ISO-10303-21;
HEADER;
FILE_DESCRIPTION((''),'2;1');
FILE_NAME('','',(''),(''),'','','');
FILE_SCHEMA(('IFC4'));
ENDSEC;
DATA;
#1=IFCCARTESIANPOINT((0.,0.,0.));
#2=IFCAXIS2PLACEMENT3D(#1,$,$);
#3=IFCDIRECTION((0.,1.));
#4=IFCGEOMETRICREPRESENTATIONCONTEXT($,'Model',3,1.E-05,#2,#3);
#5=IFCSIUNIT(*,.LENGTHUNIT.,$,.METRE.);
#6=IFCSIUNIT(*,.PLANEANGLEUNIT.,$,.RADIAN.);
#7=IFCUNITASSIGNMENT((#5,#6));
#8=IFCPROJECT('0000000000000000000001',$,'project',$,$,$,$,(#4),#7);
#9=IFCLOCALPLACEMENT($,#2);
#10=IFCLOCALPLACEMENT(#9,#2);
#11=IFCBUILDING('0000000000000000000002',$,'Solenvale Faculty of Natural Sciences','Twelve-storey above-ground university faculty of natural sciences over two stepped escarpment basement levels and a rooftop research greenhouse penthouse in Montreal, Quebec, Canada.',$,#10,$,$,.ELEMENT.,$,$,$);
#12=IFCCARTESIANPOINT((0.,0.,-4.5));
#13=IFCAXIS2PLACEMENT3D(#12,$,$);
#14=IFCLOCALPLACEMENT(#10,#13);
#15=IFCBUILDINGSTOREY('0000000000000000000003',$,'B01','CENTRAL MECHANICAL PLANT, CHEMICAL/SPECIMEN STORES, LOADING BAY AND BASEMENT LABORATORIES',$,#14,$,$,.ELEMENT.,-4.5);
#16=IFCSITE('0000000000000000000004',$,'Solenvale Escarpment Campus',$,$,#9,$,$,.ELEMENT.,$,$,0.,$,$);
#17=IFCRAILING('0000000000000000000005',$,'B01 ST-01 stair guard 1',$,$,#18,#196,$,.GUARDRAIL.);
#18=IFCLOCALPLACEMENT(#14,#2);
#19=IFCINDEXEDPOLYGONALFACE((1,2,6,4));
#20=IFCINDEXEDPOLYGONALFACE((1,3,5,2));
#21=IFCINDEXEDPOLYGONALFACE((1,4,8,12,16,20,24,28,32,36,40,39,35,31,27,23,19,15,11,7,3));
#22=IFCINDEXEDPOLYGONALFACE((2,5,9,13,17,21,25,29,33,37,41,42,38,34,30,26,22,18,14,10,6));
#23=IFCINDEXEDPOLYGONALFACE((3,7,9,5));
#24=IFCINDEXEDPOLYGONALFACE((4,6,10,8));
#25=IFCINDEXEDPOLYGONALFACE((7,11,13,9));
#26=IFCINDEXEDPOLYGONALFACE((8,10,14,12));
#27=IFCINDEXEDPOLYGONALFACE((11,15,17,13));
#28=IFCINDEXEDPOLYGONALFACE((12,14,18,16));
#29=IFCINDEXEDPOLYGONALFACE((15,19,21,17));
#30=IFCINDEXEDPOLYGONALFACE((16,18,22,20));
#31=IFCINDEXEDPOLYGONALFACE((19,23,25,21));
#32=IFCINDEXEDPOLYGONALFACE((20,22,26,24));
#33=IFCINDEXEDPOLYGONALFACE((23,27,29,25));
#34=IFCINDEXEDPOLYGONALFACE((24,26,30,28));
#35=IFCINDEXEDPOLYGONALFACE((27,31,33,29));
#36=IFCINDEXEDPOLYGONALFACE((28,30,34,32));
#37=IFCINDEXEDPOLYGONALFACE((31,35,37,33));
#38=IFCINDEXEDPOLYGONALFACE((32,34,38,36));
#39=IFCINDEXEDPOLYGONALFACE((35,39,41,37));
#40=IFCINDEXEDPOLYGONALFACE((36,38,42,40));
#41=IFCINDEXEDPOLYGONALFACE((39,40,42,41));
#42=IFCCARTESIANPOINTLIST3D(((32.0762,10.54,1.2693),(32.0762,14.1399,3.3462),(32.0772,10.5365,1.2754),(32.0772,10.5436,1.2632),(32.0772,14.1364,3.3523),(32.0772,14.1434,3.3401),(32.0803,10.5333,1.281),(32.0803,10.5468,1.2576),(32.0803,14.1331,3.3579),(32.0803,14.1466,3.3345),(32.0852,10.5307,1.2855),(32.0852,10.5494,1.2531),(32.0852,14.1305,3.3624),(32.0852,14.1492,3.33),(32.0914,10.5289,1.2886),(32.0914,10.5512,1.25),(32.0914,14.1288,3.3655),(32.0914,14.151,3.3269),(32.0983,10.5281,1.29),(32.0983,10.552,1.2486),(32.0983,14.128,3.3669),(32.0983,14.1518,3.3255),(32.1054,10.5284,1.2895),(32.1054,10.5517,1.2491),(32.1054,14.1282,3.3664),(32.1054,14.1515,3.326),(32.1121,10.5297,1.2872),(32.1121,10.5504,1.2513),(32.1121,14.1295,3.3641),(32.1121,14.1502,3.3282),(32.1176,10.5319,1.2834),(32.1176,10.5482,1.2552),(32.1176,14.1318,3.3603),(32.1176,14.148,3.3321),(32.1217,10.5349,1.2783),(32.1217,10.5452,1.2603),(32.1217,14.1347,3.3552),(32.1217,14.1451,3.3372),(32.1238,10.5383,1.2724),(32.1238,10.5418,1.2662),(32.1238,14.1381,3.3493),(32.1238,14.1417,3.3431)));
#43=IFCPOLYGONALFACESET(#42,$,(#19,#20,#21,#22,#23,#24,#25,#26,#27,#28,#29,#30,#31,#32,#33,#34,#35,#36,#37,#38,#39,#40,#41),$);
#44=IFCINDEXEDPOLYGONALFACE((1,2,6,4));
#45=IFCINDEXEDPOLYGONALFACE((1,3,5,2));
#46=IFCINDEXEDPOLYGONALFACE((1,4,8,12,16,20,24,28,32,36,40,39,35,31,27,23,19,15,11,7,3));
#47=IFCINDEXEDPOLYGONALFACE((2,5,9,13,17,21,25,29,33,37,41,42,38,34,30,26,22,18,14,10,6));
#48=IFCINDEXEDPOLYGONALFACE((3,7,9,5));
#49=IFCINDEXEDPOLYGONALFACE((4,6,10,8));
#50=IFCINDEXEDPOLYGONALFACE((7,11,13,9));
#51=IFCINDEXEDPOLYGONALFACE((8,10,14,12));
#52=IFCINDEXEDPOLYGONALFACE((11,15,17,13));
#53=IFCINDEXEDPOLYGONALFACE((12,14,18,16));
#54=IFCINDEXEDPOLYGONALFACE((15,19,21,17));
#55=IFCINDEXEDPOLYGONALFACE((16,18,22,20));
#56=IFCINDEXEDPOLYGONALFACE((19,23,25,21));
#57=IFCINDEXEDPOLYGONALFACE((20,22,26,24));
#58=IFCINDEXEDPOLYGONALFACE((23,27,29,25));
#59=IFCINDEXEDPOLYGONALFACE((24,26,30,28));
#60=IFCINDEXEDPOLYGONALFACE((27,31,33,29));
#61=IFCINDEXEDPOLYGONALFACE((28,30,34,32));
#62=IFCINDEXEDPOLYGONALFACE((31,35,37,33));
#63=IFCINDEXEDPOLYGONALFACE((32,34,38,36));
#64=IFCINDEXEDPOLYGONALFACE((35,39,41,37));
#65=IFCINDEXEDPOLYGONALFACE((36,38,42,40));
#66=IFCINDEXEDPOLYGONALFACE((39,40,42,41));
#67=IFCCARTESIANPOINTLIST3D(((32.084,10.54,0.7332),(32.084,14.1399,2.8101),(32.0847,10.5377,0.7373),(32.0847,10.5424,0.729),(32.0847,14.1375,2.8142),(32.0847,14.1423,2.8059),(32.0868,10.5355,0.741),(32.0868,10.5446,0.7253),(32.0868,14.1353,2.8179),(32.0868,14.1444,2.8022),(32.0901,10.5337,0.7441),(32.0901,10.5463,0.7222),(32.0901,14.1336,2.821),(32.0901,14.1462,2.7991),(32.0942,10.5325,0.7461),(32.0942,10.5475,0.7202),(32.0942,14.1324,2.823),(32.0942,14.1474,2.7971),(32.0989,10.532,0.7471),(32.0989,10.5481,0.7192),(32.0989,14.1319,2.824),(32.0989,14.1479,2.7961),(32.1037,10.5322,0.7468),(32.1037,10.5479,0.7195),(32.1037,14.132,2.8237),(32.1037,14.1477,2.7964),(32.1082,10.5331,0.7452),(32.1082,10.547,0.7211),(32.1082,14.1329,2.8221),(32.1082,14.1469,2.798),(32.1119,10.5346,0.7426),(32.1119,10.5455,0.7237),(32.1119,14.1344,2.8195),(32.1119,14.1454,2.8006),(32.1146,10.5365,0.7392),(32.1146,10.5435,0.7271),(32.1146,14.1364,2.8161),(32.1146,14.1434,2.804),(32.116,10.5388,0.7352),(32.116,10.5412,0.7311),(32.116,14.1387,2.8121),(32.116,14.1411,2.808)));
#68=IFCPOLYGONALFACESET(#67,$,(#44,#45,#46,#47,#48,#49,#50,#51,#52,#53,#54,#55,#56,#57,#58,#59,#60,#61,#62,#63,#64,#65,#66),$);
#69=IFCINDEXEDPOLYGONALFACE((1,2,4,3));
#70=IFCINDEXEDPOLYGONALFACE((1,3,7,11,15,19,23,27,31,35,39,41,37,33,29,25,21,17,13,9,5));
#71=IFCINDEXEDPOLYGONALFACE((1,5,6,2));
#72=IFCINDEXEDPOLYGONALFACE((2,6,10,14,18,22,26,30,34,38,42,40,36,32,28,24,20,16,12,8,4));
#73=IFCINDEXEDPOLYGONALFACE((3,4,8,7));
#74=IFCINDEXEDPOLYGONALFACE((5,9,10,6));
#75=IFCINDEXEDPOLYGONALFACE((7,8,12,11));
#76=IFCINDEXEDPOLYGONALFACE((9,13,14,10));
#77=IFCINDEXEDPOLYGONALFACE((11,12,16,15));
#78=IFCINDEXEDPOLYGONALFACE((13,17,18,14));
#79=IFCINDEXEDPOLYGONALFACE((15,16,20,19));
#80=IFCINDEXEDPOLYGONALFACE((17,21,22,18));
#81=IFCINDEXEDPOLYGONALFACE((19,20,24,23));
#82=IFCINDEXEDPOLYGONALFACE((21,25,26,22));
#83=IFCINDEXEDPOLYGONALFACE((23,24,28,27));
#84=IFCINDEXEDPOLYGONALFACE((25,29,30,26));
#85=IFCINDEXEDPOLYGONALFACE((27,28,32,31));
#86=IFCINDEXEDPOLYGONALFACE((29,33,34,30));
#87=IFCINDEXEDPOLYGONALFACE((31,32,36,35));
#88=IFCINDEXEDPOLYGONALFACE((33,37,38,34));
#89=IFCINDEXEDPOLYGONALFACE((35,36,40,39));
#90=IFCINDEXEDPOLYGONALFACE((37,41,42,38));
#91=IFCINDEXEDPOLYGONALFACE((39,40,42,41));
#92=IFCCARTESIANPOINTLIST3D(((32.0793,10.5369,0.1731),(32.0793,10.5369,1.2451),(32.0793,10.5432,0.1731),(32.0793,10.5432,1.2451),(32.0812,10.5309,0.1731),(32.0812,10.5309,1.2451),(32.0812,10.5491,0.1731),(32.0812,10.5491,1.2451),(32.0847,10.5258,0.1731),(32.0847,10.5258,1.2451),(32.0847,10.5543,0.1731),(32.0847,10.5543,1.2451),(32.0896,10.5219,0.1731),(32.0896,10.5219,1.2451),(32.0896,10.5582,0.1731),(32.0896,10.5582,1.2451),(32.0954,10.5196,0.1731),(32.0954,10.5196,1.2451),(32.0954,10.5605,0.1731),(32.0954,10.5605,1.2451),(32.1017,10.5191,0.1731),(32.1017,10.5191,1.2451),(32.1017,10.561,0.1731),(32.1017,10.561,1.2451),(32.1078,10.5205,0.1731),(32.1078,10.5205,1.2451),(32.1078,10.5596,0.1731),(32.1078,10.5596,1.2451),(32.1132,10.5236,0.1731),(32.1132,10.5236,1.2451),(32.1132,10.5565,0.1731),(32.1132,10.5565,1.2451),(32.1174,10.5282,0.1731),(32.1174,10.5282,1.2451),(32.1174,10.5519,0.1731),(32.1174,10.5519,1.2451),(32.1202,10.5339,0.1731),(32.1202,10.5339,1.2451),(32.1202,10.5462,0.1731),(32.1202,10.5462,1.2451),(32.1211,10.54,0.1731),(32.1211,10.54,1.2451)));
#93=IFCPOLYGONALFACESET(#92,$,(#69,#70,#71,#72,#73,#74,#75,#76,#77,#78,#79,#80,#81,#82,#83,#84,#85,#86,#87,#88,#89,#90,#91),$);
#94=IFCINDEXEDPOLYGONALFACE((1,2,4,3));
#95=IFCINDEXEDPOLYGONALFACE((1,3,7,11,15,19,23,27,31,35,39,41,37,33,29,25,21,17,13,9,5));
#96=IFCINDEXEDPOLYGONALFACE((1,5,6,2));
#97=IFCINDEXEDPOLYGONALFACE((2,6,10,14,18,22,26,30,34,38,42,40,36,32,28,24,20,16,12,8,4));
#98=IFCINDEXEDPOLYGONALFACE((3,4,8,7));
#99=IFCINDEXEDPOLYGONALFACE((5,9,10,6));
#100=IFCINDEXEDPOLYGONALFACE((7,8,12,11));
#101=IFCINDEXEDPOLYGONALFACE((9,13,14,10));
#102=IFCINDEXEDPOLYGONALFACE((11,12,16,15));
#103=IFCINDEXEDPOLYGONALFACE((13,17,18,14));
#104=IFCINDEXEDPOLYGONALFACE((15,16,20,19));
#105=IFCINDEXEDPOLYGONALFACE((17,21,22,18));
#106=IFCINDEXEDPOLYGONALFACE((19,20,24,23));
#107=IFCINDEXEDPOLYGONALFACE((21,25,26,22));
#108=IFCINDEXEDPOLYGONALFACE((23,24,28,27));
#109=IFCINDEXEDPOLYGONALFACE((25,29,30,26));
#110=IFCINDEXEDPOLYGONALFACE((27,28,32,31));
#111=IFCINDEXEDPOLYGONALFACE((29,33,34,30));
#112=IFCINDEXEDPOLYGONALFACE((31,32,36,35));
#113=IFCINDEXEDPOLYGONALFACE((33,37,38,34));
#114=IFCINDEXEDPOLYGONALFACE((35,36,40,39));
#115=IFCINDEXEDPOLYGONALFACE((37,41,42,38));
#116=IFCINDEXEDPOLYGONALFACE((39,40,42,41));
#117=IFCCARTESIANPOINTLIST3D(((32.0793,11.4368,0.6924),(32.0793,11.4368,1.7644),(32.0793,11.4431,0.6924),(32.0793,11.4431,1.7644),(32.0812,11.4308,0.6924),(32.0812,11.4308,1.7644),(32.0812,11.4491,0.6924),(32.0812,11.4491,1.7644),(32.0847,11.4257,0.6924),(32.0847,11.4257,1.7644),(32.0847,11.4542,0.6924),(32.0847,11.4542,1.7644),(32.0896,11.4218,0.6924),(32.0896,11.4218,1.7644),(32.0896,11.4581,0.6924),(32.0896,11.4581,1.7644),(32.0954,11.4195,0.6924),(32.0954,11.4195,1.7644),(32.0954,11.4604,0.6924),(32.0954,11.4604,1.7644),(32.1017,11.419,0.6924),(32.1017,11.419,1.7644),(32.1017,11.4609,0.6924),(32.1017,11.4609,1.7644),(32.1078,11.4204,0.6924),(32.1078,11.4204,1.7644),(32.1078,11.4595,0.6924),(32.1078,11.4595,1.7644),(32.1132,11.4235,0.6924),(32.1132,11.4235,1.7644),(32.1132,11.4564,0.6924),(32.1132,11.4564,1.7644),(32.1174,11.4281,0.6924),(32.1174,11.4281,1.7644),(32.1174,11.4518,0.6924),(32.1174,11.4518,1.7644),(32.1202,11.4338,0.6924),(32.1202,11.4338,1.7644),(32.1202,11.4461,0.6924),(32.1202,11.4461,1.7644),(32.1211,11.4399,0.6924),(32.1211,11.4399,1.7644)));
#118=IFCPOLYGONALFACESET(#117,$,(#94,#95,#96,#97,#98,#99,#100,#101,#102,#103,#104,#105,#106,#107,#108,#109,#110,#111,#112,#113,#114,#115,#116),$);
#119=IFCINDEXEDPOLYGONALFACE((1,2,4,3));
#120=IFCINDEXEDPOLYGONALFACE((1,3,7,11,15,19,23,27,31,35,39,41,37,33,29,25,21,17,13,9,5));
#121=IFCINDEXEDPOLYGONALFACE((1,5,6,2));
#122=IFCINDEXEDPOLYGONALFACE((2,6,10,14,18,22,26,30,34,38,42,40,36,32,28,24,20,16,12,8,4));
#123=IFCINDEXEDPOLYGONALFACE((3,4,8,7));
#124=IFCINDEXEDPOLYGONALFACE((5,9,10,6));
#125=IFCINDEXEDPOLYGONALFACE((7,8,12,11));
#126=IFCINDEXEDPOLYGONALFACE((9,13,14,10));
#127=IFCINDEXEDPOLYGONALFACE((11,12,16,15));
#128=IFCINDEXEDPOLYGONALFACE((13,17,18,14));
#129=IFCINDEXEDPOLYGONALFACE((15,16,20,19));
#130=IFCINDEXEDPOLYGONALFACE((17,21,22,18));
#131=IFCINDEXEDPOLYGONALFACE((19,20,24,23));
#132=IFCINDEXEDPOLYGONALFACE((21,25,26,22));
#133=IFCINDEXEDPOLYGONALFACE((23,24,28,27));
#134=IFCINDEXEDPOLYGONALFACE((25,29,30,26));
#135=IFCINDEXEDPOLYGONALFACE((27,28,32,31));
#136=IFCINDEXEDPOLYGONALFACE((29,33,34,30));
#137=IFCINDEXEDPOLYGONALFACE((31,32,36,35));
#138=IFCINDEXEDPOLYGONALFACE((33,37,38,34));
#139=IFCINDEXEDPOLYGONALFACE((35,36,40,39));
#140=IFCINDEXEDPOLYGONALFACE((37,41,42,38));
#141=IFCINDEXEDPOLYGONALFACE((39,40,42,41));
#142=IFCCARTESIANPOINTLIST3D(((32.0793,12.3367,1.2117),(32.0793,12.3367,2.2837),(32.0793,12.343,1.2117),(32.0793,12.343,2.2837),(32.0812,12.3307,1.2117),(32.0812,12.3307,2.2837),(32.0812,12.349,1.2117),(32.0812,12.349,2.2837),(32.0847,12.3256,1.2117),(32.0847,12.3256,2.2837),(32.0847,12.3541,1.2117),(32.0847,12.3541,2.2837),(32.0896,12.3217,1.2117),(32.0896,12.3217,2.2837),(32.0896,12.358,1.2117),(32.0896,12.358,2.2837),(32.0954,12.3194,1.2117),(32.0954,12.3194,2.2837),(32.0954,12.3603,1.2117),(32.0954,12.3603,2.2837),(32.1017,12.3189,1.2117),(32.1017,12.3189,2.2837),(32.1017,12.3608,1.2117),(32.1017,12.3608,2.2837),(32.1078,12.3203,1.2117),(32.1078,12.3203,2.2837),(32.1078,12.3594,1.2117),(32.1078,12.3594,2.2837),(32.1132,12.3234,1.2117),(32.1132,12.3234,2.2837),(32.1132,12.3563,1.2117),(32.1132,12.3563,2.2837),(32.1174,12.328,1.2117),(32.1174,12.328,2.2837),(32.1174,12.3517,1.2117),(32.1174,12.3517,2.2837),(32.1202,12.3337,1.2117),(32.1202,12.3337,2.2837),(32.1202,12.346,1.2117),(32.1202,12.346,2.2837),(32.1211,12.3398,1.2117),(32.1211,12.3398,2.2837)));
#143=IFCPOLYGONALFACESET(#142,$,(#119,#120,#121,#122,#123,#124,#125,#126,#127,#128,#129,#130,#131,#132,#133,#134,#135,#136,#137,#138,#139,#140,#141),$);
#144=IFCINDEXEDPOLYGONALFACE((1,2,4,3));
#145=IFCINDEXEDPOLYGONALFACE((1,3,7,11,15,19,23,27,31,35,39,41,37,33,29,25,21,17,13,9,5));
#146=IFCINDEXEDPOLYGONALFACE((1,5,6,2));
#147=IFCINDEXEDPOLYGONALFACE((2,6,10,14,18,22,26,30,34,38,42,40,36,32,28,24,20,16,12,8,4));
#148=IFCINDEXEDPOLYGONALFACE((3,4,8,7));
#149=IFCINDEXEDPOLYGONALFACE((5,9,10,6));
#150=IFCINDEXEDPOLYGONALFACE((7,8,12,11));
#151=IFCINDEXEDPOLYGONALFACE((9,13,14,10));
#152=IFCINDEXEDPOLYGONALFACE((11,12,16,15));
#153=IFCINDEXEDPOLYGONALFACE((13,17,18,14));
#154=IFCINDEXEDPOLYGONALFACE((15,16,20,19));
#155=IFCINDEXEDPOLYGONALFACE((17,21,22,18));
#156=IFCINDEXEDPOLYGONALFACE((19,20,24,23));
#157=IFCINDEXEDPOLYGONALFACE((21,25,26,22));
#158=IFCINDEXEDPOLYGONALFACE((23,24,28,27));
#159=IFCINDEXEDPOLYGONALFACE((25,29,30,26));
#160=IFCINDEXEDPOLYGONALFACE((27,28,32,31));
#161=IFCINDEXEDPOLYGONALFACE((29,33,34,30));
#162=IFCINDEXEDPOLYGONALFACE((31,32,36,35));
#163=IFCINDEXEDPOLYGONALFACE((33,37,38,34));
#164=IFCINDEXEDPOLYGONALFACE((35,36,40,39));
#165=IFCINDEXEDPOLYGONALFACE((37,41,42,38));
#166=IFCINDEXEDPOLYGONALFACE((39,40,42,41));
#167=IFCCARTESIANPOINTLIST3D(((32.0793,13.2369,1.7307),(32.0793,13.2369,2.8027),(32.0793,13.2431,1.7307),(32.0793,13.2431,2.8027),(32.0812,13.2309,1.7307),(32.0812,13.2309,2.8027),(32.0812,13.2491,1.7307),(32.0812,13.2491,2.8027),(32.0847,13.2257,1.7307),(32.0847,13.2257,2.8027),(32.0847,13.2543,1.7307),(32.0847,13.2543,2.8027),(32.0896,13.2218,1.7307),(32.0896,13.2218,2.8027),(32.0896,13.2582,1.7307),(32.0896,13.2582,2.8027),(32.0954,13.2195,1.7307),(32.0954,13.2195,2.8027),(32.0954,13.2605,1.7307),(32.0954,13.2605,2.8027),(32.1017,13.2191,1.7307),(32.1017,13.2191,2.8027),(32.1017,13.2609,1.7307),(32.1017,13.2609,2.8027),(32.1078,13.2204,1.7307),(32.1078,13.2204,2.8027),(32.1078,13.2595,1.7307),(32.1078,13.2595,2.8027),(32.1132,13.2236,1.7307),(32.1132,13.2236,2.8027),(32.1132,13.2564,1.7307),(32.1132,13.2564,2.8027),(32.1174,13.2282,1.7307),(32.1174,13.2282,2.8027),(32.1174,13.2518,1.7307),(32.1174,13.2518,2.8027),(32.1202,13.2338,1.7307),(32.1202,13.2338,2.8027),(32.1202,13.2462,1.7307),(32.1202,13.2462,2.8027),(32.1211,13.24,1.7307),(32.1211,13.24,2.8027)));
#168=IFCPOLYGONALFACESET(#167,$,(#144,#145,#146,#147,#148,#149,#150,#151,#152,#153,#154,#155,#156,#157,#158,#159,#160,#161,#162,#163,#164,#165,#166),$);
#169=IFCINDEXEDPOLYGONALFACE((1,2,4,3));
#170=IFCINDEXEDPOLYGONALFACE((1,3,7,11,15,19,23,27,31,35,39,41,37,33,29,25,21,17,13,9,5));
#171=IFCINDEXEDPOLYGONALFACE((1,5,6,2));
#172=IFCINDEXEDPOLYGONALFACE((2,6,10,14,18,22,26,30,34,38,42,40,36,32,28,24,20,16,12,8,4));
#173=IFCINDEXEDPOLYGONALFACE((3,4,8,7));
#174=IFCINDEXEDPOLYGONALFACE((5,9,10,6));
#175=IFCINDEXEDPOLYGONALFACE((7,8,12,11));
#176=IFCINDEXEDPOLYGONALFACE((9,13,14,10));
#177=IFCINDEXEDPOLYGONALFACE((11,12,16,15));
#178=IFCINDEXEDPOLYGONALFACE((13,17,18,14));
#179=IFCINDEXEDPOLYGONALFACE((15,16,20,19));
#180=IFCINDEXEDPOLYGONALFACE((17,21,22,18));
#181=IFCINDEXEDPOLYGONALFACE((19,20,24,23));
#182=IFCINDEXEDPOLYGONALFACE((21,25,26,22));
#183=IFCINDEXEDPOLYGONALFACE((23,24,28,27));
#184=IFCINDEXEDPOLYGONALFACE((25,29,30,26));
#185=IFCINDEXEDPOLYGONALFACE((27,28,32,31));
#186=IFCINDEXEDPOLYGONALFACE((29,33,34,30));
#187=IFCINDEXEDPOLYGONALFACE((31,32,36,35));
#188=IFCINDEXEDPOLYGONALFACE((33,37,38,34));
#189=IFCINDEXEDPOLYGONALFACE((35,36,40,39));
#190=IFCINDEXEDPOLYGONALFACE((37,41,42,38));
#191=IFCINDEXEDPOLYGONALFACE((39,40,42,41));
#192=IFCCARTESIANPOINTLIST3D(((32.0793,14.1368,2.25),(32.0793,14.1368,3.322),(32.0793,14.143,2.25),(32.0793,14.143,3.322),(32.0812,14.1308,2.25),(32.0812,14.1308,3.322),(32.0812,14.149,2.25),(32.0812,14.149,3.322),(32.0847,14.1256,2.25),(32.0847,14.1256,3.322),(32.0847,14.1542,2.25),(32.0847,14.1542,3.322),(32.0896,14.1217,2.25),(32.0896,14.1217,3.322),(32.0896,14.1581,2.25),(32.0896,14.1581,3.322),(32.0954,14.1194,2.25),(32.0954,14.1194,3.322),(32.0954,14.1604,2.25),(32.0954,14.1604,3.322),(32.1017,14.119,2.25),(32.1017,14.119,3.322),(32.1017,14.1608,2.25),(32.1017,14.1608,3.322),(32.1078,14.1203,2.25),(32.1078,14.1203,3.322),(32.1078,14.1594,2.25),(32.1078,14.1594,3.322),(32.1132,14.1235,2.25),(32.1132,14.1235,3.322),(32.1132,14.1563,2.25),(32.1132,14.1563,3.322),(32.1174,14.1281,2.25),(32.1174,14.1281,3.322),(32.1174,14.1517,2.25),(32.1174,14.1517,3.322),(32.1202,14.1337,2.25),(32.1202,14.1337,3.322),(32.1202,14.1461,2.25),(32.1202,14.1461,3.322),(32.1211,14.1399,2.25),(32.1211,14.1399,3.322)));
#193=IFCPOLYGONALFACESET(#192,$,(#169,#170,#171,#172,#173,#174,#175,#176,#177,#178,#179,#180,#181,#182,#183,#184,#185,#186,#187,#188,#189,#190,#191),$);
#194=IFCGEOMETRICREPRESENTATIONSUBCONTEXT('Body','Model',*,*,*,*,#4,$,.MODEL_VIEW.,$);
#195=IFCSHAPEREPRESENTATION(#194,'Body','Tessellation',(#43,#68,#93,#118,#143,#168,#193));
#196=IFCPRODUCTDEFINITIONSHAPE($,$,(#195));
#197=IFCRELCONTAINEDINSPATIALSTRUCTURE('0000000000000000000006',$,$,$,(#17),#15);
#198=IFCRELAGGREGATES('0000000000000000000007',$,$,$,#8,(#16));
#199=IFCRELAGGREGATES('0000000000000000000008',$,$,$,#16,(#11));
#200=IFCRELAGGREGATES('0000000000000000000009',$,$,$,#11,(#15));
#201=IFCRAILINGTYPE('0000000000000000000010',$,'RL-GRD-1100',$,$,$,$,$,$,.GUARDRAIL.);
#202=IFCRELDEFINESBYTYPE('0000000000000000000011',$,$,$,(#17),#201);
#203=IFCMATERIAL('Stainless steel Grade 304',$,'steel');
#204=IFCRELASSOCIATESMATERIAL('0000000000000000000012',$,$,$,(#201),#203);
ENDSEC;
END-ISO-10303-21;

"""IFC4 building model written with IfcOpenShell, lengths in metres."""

from ifc_helpers import new_model, si_unit, direction, frame, origin, origin_2d, place, context, subcontext, project, spatial, circle, extrude, material, type_object, element, save


model = new_model("IFC4")

# Units and contexts
model_context = context("Model", 3, precision=1e-05, world=origin(), true_north=direction((0.0, 1.0)))
body_context = subcontext(model_context, "Body", "Model", "MODEL_VIEW")
ifc_project = project(units=[si_unit("LENGTHUNIT", "METRE"), si_unit("PLANEANGLEUNIT", "RADIAN")], contexts=[model_context])

# Site, building, storey
site_placement = place(None, origin())
site = spatial("IfcSite", under=ifc_project, at=site_placement, Name="Solenvale Escarpment Campus", CompositionType="ELEMENT", RefElevation=0.0)
building_placement = place(site_placement, origin())
building = spatial("IfcBuilding", under=site, at=building_placement, Name="Solenvale Faculty of Natural Sciences", Description="Twelve-storey above-ground university faculty of natural sciences over two stepped escarpment basement levels and a rooftop research greenhouse penthouse in Montreal, Quebec, Canada.", CompositionType="ELEMENT")
storey_placement = place(building_placement, frame((0.0, 0.0, -4.5)))
storey = spatial("IfcBuildingStorey", under=building, at=storey_placement, Name="B01", Description="CENTRAL MECHANICAL PLANT, CHEMICAL/SPECIMEN STORES, LOADING BAY AND BASEMENT LABORATORIES", CompositionType="ELEMENT", Elevation=-4.5)

# Railing
ifc_material_1 = material(Name="Stainless steel Grade 304", Category="steel")
railing_type_1 = type_object("IfcRailingType", Name="RL-GRD-1100", PredefinedType="GUARDRAIL", material=ifc_material_1)
railing_1_placement = place(storey_placement, frame((32.1001, 10.54, 0.1731)))
element("IfcRailing", 1, at=railing_1_placement, inside=storey, type_object=railing_type_1, Name="B01 ST-01 stair guard 1", PredefinedType="GUARDRAIL", context=body_context, shape_type="SweptSolid", body=[
    extrude(circle(Radius=0.0239, at=origin_2d()), frame((0.0, 0.0, 1.0962), z_axis=(0.0, 0.866179, 0.499734), x_axis=(-1.0, 0.0, 0.0)), (0.0, 0.0, 1.0), 4.156),
    extrude(circle(Radius=0.0161, at=origin_2d()), frame((0.0, 0.0, 0.5601), z_axis=(0.0, 0.866179, 0.499734), x_axis=(-1.0, 0.0, 0.0)), (0.0, 0.0, 1.0), 4.156),
    extrude(circle(Radius=0.021, at=origin_2d()), origin(), (0.0, 0.0, 1.0), 1.072),
    extrude(circle(Radius=0.021, at=origin_2d()), frame((0.0, 0.8999, 0.5193)), (0.0, 0.0, 1.0), 1.072),
    extrude(circle(Radius=0.021, at=origin_2d()), frame((0.0, 1.7998, 1.0386)), (0.0, 0.0, 1.0), 1.072),
    extrude(circle(Radius=0.021, at=origin_2d()), frame((0.0, 2.7, 1.5576)), (0.0, 0.0, 1.0), 1.072),
    extrude(circle(Radius=0.021, at=origin_2d()), frame((0.0, 3.5999, 2.0769)), (0.0, 0.0, 1.0), 1.072),
])

save(model, "model.ifc")
